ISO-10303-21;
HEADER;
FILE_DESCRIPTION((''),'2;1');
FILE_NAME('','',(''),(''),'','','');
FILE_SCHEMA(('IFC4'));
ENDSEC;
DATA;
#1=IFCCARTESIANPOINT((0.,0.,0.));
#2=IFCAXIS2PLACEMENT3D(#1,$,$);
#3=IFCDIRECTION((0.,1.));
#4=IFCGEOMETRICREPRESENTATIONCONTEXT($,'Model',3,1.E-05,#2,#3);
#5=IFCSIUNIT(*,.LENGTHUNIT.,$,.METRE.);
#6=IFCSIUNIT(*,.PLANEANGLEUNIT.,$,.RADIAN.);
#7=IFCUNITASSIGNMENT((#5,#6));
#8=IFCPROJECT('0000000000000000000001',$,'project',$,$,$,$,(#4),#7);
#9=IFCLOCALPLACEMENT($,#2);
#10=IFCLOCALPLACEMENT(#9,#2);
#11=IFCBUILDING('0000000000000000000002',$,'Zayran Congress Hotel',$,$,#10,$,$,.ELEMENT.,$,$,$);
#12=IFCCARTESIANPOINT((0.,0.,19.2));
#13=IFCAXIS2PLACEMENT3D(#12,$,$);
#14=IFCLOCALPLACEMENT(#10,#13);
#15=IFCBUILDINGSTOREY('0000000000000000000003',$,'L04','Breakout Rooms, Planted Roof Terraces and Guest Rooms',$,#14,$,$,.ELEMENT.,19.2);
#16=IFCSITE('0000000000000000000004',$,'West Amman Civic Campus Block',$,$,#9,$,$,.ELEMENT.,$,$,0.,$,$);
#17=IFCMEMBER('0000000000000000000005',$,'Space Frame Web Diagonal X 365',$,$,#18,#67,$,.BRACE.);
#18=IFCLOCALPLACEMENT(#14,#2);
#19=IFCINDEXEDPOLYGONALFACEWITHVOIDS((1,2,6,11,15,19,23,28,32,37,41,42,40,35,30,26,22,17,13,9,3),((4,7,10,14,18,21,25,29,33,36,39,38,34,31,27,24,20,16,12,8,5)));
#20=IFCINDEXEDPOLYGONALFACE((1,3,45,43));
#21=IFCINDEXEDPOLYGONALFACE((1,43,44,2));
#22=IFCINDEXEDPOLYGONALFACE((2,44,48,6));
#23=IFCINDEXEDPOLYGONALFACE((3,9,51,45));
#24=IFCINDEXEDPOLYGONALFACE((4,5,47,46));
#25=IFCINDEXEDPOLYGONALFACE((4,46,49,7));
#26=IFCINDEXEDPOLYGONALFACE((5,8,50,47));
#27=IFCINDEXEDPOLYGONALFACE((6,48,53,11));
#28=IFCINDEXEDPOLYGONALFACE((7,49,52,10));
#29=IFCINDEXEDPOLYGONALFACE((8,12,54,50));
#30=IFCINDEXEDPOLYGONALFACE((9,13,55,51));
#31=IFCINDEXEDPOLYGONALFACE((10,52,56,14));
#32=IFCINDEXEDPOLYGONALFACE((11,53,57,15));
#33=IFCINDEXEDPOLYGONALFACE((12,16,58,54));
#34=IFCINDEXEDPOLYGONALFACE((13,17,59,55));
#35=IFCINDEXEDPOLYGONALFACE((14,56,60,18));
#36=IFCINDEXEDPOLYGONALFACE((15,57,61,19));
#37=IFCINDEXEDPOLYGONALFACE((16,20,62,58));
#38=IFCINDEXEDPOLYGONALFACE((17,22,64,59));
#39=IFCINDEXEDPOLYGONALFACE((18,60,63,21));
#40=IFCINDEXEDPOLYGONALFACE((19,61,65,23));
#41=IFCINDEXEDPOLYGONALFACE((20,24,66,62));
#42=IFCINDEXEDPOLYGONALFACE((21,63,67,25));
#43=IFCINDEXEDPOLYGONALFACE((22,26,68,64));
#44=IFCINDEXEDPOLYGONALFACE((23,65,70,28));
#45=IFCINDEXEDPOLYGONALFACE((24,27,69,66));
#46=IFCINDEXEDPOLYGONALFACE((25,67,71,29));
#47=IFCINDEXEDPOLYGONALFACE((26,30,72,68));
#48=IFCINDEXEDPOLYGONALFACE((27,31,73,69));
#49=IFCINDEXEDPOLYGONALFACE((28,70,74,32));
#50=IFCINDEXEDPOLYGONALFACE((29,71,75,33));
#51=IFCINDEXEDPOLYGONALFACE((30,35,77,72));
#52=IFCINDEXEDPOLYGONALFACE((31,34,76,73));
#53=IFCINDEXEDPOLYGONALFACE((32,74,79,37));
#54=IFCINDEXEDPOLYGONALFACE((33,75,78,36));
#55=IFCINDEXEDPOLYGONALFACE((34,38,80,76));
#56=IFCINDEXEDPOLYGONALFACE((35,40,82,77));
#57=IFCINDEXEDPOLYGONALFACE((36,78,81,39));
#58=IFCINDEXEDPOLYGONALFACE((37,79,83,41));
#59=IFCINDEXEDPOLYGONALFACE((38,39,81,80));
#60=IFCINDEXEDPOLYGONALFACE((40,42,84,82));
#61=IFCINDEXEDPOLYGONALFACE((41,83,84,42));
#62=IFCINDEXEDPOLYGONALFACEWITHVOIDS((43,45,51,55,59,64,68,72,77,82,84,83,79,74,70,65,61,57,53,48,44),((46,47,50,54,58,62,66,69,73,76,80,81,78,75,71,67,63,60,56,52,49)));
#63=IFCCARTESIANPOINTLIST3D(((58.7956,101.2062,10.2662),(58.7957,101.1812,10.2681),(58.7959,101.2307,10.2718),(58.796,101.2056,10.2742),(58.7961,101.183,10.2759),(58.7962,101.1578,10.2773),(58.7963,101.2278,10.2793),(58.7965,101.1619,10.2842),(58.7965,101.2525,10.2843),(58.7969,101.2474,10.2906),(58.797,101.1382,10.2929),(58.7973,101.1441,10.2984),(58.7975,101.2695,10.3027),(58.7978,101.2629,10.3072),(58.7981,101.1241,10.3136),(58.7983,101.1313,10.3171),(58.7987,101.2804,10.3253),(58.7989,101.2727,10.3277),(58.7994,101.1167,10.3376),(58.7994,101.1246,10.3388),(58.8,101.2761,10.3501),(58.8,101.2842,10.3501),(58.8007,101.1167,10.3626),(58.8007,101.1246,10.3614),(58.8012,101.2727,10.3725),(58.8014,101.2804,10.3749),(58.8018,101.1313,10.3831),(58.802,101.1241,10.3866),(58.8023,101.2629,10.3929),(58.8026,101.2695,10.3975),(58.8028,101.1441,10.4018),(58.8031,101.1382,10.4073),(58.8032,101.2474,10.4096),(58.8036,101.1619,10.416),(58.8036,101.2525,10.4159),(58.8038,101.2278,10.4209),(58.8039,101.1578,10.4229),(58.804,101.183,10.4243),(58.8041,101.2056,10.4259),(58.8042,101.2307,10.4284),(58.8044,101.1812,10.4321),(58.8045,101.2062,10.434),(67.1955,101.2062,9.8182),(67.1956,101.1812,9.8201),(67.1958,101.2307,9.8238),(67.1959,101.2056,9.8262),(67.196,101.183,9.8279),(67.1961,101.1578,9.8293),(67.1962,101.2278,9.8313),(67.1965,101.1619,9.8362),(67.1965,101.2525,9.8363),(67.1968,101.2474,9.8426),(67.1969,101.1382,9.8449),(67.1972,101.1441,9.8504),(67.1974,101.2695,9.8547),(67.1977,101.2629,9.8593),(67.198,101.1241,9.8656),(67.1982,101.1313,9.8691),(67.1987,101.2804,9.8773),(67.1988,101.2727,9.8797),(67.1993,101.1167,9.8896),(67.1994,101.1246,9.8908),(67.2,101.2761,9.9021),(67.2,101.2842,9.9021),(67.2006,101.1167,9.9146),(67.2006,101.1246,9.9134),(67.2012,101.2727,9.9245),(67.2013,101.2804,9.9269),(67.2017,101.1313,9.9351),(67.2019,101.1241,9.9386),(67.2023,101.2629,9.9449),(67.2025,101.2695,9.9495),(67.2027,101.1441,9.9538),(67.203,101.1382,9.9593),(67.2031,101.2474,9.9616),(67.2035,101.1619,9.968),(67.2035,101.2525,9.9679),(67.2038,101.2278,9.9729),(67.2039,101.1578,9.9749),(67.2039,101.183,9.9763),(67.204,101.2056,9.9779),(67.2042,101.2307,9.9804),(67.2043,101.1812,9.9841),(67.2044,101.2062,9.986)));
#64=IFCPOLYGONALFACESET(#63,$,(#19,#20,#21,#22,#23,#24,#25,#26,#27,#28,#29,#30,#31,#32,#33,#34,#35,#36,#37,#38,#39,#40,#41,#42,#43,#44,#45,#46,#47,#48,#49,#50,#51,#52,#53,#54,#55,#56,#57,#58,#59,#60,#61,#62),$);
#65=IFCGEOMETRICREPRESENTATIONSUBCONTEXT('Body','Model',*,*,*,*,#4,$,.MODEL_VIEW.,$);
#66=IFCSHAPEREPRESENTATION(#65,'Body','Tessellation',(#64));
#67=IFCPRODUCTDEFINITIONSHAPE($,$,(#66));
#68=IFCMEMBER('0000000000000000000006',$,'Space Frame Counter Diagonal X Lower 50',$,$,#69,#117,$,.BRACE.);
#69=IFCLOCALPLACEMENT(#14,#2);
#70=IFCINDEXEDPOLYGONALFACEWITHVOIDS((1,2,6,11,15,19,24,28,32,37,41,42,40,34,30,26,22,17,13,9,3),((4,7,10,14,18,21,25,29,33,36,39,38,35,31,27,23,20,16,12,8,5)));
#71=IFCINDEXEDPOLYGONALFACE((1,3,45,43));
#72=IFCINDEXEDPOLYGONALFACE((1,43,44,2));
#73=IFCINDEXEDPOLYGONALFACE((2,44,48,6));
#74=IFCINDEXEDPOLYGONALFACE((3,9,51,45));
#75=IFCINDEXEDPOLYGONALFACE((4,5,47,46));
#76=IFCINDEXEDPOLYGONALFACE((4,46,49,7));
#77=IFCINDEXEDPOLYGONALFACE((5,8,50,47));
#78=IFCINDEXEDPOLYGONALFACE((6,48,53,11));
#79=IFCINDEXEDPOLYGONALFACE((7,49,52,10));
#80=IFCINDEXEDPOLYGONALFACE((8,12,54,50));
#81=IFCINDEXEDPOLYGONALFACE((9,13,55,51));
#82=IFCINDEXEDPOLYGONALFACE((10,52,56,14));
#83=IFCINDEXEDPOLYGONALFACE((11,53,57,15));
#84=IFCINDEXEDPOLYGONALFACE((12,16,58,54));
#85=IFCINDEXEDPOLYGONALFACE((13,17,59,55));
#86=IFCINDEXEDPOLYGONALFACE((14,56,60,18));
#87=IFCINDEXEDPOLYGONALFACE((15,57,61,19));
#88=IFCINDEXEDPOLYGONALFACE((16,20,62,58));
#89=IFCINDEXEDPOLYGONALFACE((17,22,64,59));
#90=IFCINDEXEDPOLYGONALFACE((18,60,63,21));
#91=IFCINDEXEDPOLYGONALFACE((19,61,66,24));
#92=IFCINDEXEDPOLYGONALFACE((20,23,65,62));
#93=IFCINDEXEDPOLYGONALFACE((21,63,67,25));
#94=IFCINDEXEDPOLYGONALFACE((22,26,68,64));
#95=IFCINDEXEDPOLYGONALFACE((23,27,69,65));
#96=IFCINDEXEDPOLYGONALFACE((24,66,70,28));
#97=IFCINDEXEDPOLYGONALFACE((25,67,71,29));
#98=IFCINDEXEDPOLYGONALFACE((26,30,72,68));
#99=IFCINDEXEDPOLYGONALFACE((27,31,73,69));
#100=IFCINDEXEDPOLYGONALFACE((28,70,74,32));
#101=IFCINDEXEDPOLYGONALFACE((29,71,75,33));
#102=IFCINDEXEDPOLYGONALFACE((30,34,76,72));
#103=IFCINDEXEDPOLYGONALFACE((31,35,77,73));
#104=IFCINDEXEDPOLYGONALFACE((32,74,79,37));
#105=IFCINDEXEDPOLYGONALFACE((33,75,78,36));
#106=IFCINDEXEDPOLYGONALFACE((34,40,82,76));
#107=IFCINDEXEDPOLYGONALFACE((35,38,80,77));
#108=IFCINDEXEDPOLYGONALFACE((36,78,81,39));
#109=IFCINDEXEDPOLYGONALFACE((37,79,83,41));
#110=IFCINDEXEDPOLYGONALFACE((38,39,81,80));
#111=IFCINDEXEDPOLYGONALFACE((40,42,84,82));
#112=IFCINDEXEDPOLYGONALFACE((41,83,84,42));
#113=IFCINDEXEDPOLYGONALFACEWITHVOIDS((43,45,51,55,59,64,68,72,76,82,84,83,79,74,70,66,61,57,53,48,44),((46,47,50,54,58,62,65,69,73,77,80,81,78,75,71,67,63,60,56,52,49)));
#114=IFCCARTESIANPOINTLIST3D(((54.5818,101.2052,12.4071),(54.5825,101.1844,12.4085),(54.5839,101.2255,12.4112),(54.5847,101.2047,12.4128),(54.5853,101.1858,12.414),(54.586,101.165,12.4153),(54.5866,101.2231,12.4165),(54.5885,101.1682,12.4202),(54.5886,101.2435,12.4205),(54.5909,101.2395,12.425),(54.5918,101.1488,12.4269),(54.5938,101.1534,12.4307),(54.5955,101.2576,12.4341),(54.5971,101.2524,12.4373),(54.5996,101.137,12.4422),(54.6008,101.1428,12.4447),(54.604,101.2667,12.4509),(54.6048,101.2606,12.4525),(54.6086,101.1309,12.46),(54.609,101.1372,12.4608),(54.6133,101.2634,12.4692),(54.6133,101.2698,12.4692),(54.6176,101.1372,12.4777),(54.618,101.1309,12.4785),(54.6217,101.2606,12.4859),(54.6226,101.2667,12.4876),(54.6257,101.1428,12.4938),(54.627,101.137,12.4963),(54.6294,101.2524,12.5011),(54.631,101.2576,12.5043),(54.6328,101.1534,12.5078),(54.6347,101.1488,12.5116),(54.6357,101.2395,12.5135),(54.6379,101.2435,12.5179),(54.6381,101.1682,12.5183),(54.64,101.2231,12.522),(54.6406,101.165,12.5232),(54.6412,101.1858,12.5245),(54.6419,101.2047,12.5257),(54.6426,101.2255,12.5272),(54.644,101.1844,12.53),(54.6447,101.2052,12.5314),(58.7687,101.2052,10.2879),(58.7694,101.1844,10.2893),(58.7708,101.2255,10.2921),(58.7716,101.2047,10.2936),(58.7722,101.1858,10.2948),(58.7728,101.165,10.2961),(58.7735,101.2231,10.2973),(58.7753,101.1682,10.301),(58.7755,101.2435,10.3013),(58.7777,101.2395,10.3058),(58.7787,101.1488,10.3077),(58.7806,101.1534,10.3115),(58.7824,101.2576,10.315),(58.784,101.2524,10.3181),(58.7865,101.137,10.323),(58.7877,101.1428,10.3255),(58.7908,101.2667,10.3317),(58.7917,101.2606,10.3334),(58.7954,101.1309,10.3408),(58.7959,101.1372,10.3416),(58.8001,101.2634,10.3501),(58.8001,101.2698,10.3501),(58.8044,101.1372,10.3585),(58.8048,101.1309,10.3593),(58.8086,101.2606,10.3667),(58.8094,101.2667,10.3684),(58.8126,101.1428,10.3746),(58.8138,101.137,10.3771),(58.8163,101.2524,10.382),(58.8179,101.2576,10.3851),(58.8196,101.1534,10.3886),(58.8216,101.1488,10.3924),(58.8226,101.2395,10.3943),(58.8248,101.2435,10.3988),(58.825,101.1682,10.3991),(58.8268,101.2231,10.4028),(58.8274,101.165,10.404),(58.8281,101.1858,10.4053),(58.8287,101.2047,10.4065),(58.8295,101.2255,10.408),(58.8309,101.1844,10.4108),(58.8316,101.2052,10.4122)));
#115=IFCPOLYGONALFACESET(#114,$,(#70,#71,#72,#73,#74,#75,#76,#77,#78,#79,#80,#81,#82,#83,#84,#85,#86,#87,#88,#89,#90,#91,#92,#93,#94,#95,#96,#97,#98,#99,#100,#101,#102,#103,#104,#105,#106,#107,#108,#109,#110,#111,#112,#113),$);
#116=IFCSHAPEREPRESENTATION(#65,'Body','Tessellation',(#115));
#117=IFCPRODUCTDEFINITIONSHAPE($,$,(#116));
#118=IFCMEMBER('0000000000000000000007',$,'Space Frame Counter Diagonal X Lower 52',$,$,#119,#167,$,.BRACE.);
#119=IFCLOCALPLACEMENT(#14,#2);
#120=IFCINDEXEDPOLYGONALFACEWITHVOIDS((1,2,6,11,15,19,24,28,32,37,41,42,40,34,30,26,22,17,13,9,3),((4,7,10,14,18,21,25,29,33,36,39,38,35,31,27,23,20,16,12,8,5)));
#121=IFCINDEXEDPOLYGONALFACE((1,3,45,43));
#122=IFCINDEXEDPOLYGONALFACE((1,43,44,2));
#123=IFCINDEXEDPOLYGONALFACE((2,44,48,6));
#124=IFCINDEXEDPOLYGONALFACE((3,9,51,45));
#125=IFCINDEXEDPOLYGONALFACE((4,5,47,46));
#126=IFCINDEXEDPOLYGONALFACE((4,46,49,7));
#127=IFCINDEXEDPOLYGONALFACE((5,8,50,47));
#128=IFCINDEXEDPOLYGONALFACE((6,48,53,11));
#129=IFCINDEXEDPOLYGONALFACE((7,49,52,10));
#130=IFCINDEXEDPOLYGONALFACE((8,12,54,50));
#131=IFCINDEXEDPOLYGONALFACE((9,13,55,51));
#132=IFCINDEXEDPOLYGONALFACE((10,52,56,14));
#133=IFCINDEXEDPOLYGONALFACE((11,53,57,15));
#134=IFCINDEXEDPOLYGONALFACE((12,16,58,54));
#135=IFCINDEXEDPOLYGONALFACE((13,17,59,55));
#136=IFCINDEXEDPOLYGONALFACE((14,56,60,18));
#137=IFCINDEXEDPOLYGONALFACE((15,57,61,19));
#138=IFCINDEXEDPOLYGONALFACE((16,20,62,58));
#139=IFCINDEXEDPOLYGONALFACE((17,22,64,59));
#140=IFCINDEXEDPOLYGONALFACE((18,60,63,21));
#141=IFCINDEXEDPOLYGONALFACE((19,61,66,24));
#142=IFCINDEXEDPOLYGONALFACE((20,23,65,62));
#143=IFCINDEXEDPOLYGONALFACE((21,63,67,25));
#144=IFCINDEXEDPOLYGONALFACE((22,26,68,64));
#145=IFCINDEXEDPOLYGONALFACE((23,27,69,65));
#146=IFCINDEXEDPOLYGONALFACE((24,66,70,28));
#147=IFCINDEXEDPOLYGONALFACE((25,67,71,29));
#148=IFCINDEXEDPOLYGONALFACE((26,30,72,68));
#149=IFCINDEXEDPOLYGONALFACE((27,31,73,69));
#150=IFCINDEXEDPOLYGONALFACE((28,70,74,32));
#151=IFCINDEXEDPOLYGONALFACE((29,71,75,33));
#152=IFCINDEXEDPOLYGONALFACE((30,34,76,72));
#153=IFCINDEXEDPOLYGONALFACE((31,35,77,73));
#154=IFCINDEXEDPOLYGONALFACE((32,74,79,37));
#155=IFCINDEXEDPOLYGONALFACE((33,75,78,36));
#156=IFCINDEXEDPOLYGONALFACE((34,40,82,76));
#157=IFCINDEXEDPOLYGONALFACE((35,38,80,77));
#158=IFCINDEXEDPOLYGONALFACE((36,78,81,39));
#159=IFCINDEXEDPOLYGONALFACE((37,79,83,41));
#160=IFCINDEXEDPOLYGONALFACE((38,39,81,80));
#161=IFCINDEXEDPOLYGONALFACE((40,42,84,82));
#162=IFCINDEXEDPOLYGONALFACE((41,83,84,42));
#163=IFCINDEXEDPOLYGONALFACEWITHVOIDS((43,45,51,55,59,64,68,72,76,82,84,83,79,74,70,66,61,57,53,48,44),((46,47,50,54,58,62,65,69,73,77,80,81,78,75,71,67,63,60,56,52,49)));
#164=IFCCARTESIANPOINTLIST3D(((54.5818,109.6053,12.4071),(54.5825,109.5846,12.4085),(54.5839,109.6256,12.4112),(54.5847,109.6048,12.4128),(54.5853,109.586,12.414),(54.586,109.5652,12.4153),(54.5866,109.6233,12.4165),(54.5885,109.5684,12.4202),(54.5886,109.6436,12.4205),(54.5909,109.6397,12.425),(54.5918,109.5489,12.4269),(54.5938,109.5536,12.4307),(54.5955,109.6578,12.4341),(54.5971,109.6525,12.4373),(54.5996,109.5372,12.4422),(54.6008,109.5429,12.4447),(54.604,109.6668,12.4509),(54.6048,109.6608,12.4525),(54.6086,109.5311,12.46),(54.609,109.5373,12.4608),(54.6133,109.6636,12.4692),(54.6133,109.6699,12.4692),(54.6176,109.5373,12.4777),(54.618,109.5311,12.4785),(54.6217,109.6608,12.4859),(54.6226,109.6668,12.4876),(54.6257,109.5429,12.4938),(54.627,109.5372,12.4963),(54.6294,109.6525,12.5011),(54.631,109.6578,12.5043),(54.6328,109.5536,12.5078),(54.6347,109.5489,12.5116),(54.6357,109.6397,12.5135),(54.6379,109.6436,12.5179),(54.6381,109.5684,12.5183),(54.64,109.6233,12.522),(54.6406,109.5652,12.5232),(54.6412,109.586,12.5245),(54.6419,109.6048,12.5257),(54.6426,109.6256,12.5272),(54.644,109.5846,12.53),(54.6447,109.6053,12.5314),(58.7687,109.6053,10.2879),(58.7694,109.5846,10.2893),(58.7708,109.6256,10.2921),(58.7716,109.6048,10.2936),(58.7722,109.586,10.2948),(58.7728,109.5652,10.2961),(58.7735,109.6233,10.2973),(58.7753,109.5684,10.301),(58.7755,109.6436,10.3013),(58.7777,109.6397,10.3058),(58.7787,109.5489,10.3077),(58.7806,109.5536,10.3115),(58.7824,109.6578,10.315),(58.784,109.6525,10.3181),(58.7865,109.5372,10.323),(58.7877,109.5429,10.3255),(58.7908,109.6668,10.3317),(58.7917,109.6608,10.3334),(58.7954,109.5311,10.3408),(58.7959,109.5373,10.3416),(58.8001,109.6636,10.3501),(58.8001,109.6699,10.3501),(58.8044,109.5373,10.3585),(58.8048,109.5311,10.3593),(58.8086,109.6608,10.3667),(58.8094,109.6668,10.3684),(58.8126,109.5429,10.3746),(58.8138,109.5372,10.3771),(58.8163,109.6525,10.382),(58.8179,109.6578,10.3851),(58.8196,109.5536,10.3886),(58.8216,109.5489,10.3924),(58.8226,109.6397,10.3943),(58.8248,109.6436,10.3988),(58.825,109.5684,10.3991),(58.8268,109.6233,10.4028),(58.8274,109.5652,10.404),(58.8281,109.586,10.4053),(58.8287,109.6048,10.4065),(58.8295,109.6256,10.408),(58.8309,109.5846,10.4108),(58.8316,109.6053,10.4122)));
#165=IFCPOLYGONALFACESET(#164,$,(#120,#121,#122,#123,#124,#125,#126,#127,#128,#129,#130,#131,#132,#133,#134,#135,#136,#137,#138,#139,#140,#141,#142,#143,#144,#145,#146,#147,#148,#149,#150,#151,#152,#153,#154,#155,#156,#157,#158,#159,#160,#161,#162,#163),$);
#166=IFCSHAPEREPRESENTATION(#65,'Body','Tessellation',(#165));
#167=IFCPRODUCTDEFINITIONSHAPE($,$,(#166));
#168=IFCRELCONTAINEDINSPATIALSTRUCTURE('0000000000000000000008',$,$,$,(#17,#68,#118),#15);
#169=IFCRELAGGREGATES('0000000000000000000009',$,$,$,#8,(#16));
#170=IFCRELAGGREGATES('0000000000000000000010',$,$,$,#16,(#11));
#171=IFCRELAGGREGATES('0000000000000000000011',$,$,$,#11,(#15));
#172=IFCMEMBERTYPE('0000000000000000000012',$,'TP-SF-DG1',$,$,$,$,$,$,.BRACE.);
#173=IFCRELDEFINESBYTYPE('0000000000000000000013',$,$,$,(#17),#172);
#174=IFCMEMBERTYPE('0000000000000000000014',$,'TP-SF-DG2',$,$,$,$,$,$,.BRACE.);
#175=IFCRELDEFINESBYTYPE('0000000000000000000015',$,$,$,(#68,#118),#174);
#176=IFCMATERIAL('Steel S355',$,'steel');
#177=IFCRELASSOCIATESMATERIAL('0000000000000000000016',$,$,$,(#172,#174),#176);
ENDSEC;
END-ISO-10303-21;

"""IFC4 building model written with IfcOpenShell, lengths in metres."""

from ifc_helpers import new_model, si_unit, direction, frame, origin, origin_2d, place, context, subcontext, project, spatial, hollow_circle, extrude, material, material_profile, profile_set, type_object, element, save


model = new_model("IFC4")

# Units and contexts
model_context = context("Model", 3, precision=1e-05, world=origin(), true_north=direction((0.0, 1.0)))
body_context = subcontext(model_context, "Body", "Model", "MODEL_VIEW")
ifc_project = project(units=[si_unit("LENGTHUNIT", "METRE"), si_unit("PLANEANGLEUNIT", "RADIAN")], contexts=[model_context])

# Site, building, storey
site_placement = place(None, origin())
site = spatial("IfcSite", under=ifc_project, at=site_placement, Name="West Amman Civic Campus Block", CompositionType="ELEMENT", RefElevation=0.0)
building_placement = place(site_placement, origin())
building = spatial("IfcBuilding", under=site, at=building_placement, Name="Zayran Congress Hotel", CompositionType="ELEMENT")
storey_placement = place(building_placement, frame((0.0, 0.0, 19.2)))
storey = spatial("IfcBuildingStorey", under=building, at=storey_placement, Name="L04", Description="Breakout Rooms, Planted Roof Terraces and Guest Rooms", CompositionType="ELEMENT", Elevation=19.2)

# Members
ifc_material_1 = material(Name="Steel S355", Category="steel")
ifc_material_profile_1 = material_profile(ifc_material_1, hollow_circle(Radius=0.0842, WallThickness=0.0081, at=origin_2d()), Name="CHS 168.3x8")
ifc_profile_set_1 = profile_set([ifc_material_profile_1], Name="Steel S355")
member_type_1 = type_object("IfcMemberType", Name="TP-SF-DG1", PredefinedType="BRACE", material=ifc_profile_set_1)
member_1_placement = place(storey_placement, frame((58.8, 101.2, 10.3501), z_axis=(0.998581, 0.0, -0.053258), x_axis=(0.0, 1.0, 0.0)))
element("IfcMember", 1, at=member_1_placement, inside=storey, type_object=member_type_1, Name="Space Frame Web Diagonal X 365", PredefinedType="BRACE", context=body_context, shape_type="SweptSolid", body=[
    extrude(hollow_circle(Radius=0.0842, WallThickness=0.0081, at=origin_2d()), origin(), (0.0, 0.0, 1.0), 8.4119),
])
ifc_material_profile_2 = material_profile(ifc_material_1, hollow_circle(Radius=0.0698, WallThickness=0.0063, at=origin_2d()), Name="CHS 139.7x6.3")
ifc_profile_set_2 = profile_set([ifc_material_profile_2], Name="Steel S355")
member_type_2 = type_object("IfcMemberType", Name="TP-SF-DG2", PredefinedType="BRACE", material=ifc_profile_set_2)
for number, where, z_axis, x_axis, name in (
    (2, (54.6133, 101.2, 12.4692), (0.892221, 0.0, -0.451599), (0.0, 1.0, 0.0), "Space Frame Counter Diagonal X Lower 50"),
    (3, (54.6133, 109.6001, 12.4692), (0.892221, 0.0, -0.451599), (0.0, 1.0, 0.0), "Space Frame Counter Diagonal X Lower 52"),
):
    element("IfcMember", number, at=place(storey_placement, frame(where, z_axis=z_axis, x_axis=x_axis)), inside=storey, type_object=member_type_2, Name=name, PredefinedType="BRACE", context=body_context, shape_type="SweptSolid", body=[
        extrude(hollow_circle(Radius=0.0698, WallThickness=0.0063, at=origin_2d()), origin(), (0.0, 0.0, 1.0), 4.6926),
    ])

save(model, "model.ifc")
